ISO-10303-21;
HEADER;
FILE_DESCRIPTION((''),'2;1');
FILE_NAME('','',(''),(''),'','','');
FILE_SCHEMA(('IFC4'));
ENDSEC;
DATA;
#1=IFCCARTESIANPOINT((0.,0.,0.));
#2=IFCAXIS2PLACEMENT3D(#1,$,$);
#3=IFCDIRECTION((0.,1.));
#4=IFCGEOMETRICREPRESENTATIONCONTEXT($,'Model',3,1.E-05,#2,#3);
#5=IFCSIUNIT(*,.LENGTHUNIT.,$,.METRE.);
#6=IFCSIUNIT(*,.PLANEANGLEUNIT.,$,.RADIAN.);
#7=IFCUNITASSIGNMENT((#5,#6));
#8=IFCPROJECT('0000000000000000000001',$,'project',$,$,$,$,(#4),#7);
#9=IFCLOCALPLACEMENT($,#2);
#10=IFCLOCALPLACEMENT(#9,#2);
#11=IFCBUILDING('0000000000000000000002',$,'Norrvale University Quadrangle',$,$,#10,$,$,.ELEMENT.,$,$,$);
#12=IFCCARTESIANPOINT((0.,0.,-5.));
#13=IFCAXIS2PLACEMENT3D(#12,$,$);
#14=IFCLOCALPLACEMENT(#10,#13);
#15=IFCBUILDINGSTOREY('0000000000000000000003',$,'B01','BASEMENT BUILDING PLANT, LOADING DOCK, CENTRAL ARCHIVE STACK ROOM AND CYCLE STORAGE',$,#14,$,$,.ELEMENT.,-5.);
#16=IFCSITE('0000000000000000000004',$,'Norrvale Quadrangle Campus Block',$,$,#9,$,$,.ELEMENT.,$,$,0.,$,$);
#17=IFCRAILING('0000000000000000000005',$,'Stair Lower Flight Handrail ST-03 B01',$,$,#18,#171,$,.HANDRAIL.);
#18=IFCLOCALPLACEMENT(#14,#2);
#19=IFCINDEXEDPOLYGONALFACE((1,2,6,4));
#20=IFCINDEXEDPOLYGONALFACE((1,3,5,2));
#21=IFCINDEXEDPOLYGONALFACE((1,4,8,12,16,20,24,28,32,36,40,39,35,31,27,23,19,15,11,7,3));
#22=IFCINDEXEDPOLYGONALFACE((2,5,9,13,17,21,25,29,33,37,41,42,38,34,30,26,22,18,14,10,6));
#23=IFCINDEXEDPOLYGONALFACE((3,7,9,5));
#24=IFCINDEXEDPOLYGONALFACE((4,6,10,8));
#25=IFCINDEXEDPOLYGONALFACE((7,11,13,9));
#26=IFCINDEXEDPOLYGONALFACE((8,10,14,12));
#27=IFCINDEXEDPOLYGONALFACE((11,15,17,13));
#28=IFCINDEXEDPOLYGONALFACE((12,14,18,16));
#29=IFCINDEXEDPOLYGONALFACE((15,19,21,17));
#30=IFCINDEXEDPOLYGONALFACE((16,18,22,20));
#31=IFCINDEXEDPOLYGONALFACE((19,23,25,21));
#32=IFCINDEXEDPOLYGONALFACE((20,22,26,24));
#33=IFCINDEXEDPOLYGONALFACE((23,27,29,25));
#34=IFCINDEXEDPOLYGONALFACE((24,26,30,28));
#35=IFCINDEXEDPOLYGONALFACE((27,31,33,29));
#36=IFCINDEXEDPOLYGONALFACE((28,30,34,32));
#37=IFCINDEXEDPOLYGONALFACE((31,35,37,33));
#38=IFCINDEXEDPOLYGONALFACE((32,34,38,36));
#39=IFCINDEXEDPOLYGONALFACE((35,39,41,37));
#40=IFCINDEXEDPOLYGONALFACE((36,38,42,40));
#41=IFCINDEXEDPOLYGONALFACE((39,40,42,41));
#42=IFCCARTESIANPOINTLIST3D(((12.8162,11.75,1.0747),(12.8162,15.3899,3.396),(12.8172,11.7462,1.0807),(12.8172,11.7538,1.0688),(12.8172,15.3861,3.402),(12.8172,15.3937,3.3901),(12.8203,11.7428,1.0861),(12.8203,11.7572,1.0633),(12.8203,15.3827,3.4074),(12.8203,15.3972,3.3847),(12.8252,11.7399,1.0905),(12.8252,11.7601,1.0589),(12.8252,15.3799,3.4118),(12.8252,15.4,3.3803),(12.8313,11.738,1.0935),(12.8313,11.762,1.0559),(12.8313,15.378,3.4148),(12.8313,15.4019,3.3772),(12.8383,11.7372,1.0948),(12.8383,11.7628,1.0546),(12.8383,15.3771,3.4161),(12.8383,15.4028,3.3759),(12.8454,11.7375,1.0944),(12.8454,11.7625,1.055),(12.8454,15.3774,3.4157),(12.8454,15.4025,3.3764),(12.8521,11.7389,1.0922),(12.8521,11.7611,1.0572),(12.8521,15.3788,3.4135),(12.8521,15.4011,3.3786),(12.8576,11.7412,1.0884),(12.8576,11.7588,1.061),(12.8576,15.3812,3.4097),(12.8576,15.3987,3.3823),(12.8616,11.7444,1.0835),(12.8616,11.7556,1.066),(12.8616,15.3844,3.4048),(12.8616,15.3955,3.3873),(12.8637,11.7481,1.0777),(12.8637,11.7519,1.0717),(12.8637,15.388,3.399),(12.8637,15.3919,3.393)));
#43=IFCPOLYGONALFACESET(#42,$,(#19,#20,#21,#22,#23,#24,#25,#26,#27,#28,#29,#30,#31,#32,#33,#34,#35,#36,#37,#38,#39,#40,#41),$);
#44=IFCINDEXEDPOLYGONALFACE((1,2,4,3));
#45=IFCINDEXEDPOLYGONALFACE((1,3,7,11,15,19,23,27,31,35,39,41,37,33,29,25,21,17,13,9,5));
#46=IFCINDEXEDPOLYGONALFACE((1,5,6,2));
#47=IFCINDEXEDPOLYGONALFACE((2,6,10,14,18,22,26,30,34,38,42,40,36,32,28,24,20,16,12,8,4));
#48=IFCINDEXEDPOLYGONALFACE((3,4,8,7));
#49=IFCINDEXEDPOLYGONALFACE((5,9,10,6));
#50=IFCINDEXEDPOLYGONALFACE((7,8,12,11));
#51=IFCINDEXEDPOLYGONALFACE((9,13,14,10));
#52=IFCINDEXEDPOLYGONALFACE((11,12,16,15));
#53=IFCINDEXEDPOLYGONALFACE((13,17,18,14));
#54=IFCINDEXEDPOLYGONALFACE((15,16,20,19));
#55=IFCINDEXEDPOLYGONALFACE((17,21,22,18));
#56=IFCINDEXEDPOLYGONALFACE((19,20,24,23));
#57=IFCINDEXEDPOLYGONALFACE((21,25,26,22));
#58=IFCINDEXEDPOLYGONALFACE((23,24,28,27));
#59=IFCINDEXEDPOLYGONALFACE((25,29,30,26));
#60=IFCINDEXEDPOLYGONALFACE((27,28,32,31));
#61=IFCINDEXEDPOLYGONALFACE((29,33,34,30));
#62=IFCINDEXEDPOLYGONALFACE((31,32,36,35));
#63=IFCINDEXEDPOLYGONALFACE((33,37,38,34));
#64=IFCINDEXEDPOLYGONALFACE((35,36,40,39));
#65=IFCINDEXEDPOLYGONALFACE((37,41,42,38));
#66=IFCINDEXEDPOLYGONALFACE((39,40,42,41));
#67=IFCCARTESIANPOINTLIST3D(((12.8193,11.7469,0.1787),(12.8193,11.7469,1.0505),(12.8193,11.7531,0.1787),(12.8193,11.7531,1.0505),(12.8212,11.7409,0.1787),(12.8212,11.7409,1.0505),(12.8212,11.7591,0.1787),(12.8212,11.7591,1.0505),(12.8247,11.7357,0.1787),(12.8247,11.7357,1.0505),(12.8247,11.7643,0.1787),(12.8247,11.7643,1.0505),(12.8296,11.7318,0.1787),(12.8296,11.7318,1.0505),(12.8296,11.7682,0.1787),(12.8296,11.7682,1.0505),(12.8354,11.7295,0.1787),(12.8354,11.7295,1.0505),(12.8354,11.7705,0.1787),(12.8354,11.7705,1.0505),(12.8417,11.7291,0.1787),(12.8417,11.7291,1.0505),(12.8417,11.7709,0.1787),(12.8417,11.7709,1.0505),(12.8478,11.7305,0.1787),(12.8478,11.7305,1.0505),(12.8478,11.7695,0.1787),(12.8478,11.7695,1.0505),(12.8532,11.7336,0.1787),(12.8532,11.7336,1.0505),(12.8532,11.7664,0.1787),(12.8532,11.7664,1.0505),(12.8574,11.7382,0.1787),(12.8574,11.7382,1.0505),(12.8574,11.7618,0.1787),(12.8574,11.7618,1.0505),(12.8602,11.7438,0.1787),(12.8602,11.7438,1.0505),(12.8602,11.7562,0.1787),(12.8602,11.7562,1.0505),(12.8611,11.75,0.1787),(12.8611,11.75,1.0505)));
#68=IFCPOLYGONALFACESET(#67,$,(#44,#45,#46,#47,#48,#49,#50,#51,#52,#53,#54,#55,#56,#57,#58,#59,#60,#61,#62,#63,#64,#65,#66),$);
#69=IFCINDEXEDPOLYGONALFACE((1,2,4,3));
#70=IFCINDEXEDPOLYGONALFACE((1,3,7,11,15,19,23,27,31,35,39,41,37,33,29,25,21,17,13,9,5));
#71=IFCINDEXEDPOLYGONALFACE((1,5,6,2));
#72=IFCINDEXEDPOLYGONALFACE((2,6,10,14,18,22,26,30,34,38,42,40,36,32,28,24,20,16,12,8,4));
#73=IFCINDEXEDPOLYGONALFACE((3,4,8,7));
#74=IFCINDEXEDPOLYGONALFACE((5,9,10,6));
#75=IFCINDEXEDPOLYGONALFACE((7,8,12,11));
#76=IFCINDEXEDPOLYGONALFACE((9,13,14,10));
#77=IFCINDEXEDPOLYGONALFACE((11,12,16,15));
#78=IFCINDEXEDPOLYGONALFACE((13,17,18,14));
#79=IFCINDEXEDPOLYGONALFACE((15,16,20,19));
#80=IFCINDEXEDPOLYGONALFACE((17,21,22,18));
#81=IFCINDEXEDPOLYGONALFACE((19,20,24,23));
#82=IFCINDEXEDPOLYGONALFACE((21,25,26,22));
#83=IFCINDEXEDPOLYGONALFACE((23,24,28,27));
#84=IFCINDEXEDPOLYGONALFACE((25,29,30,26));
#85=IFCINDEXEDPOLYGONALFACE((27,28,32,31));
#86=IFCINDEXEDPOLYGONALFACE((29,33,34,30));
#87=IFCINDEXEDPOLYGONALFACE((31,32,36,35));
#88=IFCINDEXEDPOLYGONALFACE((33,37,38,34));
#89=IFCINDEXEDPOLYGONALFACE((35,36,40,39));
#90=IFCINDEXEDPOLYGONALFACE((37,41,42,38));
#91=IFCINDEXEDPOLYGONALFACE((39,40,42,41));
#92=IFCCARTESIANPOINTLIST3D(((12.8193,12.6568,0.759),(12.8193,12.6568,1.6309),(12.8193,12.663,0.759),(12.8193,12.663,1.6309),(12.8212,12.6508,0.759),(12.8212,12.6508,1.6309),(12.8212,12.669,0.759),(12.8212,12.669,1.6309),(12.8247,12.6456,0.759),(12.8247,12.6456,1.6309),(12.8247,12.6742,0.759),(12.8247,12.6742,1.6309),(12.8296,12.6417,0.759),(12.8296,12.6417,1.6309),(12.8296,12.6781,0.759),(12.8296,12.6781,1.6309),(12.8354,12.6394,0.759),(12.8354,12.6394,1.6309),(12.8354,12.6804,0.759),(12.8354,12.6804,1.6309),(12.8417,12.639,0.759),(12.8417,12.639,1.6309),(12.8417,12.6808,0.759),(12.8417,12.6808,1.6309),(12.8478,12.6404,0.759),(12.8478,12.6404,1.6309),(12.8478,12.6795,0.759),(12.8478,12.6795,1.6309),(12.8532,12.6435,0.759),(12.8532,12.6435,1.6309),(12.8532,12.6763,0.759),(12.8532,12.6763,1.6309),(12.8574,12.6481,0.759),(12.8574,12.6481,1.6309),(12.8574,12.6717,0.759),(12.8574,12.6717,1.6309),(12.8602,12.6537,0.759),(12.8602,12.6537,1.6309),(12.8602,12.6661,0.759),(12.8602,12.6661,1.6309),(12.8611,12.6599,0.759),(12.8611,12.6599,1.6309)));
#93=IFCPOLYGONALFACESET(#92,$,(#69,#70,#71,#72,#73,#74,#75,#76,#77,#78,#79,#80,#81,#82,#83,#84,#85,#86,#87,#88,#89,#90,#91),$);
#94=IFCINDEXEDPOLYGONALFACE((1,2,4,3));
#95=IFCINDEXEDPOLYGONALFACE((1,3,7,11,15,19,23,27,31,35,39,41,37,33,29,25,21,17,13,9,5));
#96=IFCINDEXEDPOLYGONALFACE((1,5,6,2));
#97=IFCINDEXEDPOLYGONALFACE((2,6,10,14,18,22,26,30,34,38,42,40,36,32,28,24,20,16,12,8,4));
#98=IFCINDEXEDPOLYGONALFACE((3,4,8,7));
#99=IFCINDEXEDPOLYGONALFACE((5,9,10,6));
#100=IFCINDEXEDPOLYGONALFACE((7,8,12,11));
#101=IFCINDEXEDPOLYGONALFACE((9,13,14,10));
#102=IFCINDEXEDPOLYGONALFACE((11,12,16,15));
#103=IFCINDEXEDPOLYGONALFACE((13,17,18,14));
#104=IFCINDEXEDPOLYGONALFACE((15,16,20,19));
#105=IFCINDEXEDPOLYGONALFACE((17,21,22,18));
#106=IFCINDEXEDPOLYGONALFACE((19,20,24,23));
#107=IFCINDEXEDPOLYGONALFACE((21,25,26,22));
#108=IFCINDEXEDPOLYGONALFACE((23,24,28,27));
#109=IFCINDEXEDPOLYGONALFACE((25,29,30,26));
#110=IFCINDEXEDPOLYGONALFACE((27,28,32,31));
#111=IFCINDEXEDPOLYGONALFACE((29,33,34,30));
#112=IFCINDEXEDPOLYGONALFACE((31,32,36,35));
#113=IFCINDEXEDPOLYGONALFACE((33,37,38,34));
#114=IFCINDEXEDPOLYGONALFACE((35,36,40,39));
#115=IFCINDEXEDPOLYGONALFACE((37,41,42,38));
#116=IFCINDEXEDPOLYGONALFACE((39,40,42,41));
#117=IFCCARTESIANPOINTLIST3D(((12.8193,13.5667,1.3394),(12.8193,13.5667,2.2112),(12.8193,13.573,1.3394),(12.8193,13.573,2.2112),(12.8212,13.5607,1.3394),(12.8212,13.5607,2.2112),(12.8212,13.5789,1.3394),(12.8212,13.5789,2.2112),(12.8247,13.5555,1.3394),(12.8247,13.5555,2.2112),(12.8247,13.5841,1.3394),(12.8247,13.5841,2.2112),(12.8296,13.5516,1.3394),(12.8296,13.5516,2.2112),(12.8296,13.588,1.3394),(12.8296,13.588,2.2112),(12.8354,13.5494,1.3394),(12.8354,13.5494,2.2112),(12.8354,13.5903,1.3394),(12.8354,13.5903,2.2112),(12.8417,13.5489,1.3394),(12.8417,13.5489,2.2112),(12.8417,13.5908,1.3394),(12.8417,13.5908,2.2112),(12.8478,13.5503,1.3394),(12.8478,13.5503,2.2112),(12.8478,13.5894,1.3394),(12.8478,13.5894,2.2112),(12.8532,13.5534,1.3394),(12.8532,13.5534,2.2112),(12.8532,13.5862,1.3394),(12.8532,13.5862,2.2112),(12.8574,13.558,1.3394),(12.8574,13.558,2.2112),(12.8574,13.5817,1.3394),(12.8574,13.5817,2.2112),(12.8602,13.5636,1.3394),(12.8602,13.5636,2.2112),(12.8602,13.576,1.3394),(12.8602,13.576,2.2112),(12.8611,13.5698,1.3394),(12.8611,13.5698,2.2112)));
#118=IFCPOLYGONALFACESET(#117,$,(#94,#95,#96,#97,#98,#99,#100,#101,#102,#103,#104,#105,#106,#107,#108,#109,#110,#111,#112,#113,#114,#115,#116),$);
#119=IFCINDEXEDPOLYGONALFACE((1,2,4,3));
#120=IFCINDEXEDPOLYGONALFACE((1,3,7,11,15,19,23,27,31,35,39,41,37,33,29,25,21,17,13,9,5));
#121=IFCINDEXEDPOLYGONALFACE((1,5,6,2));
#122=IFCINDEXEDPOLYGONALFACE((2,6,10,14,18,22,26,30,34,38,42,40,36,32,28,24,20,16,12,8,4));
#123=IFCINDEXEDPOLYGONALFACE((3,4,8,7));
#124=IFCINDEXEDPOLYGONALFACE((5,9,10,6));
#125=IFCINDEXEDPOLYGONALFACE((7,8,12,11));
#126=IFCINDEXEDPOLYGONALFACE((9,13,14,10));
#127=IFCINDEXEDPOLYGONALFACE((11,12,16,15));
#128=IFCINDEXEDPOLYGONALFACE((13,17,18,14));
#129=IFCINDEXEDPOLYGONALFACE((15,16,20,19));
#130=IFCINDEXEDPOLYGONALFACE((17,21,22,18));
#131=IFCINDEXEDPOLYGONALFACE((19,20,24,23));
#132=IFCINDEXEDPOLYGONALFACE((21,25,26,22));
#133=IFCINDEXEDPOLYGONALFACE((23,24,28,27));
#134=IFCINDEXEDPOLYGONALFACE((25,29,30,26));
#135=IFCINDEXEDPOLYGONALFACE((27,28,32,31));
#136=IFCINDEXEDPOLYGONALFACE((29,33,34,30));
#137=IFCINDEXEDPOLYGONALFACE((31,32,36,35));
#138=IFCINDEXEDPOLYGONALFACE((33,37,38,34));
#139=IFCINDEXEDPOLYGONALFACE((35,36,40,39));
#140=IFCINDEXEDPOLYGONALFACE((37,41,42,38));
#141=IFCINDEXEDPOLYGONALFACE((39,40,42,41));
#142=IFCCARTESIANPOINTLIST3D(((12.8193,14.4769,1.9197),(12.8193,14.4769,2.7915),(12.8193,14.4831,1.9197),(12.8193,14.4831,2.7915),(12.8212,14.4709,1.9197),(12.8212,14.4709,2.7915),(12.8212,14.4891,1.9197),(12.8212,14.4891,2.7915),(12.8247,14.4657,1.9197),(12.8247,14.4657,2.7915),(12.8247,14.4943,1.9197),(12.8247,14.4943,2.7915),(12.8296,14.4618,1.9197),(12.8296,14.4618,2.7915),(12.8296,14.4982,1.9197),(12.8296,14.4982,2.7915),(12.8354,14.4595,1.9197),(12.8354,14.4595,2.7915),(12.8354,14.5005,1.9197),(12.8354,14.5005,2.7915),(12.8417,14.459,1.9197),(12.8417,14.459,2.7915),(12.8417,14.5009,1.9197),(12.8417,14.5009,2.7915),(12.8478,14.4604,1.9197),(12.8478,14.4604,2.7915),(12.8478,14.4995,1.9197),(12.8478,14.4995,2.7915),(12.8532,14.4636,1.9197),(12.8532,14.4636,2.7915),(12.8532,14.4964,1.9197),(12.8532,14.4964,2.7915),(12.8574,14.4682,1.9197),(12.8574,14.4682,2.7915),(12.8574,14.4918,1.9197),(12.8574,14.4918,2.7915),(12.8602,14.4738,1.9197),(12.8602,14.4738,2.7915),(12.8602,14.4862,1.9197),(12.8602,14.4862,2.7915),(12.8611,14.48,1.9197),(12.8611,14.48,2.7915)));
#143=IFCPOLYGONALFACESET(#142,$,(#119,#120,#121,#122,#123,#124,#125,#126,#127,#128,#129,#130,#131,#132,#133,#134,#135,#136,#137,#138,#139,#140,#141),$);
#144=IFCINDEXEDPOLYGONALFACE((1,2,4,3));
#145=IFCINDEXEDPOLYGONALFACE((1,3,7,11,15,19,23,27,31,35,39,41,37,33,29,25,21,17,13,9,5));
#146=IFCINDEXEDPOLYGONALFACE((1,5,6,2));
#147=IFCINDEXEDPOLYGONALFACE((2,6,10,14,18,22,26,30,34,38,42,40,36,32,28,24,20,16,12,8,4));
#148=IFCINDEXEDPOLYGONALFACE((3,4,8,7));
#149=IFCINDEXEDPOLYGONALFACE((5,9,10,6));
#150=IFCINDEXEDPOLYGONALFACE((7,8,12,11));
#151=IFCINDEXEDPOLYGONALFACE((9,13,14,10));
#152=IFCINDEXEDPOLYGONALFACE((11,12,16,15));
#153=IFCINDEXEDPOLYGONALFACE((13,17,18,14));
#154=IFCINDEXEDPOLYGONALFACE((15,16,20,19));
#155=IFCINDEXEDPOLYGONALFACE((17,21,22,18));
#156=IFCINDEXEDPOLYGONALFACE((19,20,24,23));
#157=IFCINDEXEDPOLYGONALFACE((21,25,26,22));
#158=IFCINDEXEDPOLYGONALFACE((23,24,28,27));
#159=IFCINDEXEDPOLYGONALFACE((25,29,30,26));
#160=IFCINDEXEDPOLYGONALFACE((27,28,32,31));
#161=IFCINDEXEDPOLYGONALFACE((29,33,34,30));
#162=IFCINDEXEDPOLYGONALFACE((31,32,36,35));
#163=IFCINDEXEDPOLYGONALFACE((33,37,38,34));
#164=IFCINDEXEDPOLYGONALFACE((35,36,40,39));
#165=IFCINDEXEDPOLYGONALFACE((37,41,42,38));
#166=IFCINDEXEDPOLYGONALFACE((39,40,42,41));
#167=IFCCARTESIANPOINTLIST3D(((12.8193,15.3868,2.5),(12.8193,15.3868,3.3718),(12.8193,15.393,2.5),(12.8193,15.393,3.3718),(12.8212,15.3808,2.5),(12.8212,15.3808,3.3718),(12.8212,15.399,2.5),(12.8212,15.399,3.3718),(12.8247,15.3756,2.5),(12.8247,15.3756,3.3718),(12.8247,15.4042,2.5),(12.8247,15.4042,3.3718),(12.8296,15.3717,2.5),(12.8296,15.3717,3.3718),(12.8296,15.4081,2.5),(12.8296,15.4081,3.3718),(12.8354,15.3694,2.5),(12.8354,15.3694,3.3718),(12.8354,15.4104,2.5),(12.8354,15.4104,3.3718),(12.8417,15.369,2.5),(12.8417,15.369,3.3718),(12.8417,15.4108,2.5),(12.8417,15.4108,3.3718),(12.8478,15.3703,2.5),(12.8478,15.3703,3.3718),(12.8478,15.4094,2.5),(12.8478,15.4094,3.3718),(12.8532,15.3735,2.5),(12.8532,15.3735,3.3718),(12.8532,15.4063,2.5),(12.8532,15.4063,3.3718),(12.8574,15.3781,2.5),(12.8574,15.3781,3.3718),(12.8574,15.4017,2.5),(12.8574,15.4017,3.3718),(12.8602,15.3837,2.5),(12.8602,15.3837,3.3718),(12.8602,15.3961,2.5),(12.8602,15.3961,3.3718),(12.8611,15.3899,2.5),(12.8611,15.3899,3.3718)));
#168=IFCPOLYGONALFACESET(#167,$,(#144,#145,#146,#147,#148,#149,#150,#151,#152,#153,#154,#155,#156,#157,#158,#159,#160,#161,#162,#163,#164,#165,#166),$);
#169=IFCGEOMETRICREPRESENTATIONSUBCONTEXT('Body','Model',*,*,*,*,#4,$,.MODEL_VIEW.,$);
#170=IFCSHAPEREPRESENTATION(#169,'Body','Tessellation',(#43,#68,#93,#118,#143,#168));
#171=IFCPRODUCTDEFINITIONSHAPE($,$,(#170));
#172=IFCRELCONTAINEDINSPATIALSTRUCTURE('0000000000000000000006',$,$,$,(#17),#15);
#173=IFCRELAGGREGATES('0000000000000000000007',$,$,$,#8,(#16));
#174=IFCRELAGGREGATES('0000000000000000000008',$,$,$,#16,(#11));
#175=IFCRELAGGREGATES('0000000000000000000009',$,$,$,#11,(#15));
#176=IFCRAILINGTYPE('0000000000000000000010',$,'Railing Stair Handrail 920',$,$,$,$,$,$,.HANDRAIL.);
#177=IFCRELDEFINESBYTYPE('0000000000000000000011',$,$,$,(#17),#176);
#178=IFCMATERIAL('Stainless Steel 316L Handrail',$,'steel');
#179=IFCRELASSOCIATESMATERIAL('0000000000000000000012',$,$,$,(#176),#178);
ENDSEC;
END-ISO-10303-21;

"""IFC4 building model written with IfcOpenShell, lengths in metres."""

from ifc_helpers import new_model, si_unit, direction, frame, origin, origin_2d, place, context, subcontext, project, spatial, circle, extrude, material, type_object, element, save


model = new_model("IFC4")

# Units and contexts
model_context = context("Model", 3, precision=1e-05, world=origin(), true_north=direction((0.0, 1.0)))
body_context = subcontext(model_context, "Body", "Model", "MODEL_VIEW")
ifc_project = project(units=[si_unit("LENGTHUNIT", "METRE"), si_unit("PLANEANGLEUNIT", "RADIAN")], contexts=[model_context])

# Site, building, storey
site_placement = place(None, origin())
site = spatial("IfcSite", under=ifc_project, at=site_placement, Name="Norrvale Quadrangle Campus Block", CompositionType="ELEMENT", RefElevation=0.0)
building_placement = place(site_placement, origin())
building = spatial("IfcBuilding", under=site, at=building_placement, Name="Norrvale University Quadrangle", CompositionType="ELEMENT")
storey_placement = place(building_placement, frame((0.0, 0.0, -5.0)))
storey = spatial("IfcBuildingStorey", under=building, at=storey_placement, Name="B01", Description="BASEMENT BUILDING PLANT, LOADING DOCK, CENTRAL ARCHIVE STACK ROOM AND CYCLE STORAGE", CompositionType="ELEMENT", Elevation=-5.0)

# Railing
ifc_material_1 = material(Name="Stainless Steel 316L Handrail", Category="steel")
railing_type_1 = type_object("IfcRailingType", Name="Railing Stair Handrail 920", PredefinedType="HANDRAIL", material=ifc_material_1)
railing_1_placement = place(storey_placement, frame((12.8401, 11.75, 0.1787)))
element("IfcRailing", 1, at=railing_1_placement, inside=storey, type_object=railing_type_1, Name="Stair Lower Flight Handrail ST-03 B01", PredefinedType="HANDRAIL", context=body_context, shape_type="SweptSolid", body=[
    extrude(circle(Radius=0.0239, at=origin_2d()), frame((0.0, 0.0, 0.896), z_axis=(0.0, 0.843137, 0.537699), x_axis=(-1.0, 0.0, 0.0)), (0.0, 0.0, 1.0), 4.3171),
    extrude(circle(Radius=0.021, at=origin_2d()), origin(), (0.0, 0.0, 1.0), 0.8718),
    extrude(circle(Radius=0.021, at=origin_2d()), frame((0.0, 0.9099, 0.5803)), (0.0, 0.0, 1.0), 0.8718),
    extrude(circle(Radius=0.021, at=origin_2d()), frame((0.0, 1.8198, 1.1606)), (0.0, 0.0, 1.0), 0.8718),
    extrude(circle(Radius=0.021, at=origin_2d()), frame((0.0, 2.73, 1.741)), (0.0, 0.0, 1.0), 0.8718),
    extrude(circle(Radius=0.021, at=origin_2d()), frame((0.0, 3.6399, 2.3213)), (0.0, 0.0, 1.0), 0.8718),
])

save(model, "model.ifc")
